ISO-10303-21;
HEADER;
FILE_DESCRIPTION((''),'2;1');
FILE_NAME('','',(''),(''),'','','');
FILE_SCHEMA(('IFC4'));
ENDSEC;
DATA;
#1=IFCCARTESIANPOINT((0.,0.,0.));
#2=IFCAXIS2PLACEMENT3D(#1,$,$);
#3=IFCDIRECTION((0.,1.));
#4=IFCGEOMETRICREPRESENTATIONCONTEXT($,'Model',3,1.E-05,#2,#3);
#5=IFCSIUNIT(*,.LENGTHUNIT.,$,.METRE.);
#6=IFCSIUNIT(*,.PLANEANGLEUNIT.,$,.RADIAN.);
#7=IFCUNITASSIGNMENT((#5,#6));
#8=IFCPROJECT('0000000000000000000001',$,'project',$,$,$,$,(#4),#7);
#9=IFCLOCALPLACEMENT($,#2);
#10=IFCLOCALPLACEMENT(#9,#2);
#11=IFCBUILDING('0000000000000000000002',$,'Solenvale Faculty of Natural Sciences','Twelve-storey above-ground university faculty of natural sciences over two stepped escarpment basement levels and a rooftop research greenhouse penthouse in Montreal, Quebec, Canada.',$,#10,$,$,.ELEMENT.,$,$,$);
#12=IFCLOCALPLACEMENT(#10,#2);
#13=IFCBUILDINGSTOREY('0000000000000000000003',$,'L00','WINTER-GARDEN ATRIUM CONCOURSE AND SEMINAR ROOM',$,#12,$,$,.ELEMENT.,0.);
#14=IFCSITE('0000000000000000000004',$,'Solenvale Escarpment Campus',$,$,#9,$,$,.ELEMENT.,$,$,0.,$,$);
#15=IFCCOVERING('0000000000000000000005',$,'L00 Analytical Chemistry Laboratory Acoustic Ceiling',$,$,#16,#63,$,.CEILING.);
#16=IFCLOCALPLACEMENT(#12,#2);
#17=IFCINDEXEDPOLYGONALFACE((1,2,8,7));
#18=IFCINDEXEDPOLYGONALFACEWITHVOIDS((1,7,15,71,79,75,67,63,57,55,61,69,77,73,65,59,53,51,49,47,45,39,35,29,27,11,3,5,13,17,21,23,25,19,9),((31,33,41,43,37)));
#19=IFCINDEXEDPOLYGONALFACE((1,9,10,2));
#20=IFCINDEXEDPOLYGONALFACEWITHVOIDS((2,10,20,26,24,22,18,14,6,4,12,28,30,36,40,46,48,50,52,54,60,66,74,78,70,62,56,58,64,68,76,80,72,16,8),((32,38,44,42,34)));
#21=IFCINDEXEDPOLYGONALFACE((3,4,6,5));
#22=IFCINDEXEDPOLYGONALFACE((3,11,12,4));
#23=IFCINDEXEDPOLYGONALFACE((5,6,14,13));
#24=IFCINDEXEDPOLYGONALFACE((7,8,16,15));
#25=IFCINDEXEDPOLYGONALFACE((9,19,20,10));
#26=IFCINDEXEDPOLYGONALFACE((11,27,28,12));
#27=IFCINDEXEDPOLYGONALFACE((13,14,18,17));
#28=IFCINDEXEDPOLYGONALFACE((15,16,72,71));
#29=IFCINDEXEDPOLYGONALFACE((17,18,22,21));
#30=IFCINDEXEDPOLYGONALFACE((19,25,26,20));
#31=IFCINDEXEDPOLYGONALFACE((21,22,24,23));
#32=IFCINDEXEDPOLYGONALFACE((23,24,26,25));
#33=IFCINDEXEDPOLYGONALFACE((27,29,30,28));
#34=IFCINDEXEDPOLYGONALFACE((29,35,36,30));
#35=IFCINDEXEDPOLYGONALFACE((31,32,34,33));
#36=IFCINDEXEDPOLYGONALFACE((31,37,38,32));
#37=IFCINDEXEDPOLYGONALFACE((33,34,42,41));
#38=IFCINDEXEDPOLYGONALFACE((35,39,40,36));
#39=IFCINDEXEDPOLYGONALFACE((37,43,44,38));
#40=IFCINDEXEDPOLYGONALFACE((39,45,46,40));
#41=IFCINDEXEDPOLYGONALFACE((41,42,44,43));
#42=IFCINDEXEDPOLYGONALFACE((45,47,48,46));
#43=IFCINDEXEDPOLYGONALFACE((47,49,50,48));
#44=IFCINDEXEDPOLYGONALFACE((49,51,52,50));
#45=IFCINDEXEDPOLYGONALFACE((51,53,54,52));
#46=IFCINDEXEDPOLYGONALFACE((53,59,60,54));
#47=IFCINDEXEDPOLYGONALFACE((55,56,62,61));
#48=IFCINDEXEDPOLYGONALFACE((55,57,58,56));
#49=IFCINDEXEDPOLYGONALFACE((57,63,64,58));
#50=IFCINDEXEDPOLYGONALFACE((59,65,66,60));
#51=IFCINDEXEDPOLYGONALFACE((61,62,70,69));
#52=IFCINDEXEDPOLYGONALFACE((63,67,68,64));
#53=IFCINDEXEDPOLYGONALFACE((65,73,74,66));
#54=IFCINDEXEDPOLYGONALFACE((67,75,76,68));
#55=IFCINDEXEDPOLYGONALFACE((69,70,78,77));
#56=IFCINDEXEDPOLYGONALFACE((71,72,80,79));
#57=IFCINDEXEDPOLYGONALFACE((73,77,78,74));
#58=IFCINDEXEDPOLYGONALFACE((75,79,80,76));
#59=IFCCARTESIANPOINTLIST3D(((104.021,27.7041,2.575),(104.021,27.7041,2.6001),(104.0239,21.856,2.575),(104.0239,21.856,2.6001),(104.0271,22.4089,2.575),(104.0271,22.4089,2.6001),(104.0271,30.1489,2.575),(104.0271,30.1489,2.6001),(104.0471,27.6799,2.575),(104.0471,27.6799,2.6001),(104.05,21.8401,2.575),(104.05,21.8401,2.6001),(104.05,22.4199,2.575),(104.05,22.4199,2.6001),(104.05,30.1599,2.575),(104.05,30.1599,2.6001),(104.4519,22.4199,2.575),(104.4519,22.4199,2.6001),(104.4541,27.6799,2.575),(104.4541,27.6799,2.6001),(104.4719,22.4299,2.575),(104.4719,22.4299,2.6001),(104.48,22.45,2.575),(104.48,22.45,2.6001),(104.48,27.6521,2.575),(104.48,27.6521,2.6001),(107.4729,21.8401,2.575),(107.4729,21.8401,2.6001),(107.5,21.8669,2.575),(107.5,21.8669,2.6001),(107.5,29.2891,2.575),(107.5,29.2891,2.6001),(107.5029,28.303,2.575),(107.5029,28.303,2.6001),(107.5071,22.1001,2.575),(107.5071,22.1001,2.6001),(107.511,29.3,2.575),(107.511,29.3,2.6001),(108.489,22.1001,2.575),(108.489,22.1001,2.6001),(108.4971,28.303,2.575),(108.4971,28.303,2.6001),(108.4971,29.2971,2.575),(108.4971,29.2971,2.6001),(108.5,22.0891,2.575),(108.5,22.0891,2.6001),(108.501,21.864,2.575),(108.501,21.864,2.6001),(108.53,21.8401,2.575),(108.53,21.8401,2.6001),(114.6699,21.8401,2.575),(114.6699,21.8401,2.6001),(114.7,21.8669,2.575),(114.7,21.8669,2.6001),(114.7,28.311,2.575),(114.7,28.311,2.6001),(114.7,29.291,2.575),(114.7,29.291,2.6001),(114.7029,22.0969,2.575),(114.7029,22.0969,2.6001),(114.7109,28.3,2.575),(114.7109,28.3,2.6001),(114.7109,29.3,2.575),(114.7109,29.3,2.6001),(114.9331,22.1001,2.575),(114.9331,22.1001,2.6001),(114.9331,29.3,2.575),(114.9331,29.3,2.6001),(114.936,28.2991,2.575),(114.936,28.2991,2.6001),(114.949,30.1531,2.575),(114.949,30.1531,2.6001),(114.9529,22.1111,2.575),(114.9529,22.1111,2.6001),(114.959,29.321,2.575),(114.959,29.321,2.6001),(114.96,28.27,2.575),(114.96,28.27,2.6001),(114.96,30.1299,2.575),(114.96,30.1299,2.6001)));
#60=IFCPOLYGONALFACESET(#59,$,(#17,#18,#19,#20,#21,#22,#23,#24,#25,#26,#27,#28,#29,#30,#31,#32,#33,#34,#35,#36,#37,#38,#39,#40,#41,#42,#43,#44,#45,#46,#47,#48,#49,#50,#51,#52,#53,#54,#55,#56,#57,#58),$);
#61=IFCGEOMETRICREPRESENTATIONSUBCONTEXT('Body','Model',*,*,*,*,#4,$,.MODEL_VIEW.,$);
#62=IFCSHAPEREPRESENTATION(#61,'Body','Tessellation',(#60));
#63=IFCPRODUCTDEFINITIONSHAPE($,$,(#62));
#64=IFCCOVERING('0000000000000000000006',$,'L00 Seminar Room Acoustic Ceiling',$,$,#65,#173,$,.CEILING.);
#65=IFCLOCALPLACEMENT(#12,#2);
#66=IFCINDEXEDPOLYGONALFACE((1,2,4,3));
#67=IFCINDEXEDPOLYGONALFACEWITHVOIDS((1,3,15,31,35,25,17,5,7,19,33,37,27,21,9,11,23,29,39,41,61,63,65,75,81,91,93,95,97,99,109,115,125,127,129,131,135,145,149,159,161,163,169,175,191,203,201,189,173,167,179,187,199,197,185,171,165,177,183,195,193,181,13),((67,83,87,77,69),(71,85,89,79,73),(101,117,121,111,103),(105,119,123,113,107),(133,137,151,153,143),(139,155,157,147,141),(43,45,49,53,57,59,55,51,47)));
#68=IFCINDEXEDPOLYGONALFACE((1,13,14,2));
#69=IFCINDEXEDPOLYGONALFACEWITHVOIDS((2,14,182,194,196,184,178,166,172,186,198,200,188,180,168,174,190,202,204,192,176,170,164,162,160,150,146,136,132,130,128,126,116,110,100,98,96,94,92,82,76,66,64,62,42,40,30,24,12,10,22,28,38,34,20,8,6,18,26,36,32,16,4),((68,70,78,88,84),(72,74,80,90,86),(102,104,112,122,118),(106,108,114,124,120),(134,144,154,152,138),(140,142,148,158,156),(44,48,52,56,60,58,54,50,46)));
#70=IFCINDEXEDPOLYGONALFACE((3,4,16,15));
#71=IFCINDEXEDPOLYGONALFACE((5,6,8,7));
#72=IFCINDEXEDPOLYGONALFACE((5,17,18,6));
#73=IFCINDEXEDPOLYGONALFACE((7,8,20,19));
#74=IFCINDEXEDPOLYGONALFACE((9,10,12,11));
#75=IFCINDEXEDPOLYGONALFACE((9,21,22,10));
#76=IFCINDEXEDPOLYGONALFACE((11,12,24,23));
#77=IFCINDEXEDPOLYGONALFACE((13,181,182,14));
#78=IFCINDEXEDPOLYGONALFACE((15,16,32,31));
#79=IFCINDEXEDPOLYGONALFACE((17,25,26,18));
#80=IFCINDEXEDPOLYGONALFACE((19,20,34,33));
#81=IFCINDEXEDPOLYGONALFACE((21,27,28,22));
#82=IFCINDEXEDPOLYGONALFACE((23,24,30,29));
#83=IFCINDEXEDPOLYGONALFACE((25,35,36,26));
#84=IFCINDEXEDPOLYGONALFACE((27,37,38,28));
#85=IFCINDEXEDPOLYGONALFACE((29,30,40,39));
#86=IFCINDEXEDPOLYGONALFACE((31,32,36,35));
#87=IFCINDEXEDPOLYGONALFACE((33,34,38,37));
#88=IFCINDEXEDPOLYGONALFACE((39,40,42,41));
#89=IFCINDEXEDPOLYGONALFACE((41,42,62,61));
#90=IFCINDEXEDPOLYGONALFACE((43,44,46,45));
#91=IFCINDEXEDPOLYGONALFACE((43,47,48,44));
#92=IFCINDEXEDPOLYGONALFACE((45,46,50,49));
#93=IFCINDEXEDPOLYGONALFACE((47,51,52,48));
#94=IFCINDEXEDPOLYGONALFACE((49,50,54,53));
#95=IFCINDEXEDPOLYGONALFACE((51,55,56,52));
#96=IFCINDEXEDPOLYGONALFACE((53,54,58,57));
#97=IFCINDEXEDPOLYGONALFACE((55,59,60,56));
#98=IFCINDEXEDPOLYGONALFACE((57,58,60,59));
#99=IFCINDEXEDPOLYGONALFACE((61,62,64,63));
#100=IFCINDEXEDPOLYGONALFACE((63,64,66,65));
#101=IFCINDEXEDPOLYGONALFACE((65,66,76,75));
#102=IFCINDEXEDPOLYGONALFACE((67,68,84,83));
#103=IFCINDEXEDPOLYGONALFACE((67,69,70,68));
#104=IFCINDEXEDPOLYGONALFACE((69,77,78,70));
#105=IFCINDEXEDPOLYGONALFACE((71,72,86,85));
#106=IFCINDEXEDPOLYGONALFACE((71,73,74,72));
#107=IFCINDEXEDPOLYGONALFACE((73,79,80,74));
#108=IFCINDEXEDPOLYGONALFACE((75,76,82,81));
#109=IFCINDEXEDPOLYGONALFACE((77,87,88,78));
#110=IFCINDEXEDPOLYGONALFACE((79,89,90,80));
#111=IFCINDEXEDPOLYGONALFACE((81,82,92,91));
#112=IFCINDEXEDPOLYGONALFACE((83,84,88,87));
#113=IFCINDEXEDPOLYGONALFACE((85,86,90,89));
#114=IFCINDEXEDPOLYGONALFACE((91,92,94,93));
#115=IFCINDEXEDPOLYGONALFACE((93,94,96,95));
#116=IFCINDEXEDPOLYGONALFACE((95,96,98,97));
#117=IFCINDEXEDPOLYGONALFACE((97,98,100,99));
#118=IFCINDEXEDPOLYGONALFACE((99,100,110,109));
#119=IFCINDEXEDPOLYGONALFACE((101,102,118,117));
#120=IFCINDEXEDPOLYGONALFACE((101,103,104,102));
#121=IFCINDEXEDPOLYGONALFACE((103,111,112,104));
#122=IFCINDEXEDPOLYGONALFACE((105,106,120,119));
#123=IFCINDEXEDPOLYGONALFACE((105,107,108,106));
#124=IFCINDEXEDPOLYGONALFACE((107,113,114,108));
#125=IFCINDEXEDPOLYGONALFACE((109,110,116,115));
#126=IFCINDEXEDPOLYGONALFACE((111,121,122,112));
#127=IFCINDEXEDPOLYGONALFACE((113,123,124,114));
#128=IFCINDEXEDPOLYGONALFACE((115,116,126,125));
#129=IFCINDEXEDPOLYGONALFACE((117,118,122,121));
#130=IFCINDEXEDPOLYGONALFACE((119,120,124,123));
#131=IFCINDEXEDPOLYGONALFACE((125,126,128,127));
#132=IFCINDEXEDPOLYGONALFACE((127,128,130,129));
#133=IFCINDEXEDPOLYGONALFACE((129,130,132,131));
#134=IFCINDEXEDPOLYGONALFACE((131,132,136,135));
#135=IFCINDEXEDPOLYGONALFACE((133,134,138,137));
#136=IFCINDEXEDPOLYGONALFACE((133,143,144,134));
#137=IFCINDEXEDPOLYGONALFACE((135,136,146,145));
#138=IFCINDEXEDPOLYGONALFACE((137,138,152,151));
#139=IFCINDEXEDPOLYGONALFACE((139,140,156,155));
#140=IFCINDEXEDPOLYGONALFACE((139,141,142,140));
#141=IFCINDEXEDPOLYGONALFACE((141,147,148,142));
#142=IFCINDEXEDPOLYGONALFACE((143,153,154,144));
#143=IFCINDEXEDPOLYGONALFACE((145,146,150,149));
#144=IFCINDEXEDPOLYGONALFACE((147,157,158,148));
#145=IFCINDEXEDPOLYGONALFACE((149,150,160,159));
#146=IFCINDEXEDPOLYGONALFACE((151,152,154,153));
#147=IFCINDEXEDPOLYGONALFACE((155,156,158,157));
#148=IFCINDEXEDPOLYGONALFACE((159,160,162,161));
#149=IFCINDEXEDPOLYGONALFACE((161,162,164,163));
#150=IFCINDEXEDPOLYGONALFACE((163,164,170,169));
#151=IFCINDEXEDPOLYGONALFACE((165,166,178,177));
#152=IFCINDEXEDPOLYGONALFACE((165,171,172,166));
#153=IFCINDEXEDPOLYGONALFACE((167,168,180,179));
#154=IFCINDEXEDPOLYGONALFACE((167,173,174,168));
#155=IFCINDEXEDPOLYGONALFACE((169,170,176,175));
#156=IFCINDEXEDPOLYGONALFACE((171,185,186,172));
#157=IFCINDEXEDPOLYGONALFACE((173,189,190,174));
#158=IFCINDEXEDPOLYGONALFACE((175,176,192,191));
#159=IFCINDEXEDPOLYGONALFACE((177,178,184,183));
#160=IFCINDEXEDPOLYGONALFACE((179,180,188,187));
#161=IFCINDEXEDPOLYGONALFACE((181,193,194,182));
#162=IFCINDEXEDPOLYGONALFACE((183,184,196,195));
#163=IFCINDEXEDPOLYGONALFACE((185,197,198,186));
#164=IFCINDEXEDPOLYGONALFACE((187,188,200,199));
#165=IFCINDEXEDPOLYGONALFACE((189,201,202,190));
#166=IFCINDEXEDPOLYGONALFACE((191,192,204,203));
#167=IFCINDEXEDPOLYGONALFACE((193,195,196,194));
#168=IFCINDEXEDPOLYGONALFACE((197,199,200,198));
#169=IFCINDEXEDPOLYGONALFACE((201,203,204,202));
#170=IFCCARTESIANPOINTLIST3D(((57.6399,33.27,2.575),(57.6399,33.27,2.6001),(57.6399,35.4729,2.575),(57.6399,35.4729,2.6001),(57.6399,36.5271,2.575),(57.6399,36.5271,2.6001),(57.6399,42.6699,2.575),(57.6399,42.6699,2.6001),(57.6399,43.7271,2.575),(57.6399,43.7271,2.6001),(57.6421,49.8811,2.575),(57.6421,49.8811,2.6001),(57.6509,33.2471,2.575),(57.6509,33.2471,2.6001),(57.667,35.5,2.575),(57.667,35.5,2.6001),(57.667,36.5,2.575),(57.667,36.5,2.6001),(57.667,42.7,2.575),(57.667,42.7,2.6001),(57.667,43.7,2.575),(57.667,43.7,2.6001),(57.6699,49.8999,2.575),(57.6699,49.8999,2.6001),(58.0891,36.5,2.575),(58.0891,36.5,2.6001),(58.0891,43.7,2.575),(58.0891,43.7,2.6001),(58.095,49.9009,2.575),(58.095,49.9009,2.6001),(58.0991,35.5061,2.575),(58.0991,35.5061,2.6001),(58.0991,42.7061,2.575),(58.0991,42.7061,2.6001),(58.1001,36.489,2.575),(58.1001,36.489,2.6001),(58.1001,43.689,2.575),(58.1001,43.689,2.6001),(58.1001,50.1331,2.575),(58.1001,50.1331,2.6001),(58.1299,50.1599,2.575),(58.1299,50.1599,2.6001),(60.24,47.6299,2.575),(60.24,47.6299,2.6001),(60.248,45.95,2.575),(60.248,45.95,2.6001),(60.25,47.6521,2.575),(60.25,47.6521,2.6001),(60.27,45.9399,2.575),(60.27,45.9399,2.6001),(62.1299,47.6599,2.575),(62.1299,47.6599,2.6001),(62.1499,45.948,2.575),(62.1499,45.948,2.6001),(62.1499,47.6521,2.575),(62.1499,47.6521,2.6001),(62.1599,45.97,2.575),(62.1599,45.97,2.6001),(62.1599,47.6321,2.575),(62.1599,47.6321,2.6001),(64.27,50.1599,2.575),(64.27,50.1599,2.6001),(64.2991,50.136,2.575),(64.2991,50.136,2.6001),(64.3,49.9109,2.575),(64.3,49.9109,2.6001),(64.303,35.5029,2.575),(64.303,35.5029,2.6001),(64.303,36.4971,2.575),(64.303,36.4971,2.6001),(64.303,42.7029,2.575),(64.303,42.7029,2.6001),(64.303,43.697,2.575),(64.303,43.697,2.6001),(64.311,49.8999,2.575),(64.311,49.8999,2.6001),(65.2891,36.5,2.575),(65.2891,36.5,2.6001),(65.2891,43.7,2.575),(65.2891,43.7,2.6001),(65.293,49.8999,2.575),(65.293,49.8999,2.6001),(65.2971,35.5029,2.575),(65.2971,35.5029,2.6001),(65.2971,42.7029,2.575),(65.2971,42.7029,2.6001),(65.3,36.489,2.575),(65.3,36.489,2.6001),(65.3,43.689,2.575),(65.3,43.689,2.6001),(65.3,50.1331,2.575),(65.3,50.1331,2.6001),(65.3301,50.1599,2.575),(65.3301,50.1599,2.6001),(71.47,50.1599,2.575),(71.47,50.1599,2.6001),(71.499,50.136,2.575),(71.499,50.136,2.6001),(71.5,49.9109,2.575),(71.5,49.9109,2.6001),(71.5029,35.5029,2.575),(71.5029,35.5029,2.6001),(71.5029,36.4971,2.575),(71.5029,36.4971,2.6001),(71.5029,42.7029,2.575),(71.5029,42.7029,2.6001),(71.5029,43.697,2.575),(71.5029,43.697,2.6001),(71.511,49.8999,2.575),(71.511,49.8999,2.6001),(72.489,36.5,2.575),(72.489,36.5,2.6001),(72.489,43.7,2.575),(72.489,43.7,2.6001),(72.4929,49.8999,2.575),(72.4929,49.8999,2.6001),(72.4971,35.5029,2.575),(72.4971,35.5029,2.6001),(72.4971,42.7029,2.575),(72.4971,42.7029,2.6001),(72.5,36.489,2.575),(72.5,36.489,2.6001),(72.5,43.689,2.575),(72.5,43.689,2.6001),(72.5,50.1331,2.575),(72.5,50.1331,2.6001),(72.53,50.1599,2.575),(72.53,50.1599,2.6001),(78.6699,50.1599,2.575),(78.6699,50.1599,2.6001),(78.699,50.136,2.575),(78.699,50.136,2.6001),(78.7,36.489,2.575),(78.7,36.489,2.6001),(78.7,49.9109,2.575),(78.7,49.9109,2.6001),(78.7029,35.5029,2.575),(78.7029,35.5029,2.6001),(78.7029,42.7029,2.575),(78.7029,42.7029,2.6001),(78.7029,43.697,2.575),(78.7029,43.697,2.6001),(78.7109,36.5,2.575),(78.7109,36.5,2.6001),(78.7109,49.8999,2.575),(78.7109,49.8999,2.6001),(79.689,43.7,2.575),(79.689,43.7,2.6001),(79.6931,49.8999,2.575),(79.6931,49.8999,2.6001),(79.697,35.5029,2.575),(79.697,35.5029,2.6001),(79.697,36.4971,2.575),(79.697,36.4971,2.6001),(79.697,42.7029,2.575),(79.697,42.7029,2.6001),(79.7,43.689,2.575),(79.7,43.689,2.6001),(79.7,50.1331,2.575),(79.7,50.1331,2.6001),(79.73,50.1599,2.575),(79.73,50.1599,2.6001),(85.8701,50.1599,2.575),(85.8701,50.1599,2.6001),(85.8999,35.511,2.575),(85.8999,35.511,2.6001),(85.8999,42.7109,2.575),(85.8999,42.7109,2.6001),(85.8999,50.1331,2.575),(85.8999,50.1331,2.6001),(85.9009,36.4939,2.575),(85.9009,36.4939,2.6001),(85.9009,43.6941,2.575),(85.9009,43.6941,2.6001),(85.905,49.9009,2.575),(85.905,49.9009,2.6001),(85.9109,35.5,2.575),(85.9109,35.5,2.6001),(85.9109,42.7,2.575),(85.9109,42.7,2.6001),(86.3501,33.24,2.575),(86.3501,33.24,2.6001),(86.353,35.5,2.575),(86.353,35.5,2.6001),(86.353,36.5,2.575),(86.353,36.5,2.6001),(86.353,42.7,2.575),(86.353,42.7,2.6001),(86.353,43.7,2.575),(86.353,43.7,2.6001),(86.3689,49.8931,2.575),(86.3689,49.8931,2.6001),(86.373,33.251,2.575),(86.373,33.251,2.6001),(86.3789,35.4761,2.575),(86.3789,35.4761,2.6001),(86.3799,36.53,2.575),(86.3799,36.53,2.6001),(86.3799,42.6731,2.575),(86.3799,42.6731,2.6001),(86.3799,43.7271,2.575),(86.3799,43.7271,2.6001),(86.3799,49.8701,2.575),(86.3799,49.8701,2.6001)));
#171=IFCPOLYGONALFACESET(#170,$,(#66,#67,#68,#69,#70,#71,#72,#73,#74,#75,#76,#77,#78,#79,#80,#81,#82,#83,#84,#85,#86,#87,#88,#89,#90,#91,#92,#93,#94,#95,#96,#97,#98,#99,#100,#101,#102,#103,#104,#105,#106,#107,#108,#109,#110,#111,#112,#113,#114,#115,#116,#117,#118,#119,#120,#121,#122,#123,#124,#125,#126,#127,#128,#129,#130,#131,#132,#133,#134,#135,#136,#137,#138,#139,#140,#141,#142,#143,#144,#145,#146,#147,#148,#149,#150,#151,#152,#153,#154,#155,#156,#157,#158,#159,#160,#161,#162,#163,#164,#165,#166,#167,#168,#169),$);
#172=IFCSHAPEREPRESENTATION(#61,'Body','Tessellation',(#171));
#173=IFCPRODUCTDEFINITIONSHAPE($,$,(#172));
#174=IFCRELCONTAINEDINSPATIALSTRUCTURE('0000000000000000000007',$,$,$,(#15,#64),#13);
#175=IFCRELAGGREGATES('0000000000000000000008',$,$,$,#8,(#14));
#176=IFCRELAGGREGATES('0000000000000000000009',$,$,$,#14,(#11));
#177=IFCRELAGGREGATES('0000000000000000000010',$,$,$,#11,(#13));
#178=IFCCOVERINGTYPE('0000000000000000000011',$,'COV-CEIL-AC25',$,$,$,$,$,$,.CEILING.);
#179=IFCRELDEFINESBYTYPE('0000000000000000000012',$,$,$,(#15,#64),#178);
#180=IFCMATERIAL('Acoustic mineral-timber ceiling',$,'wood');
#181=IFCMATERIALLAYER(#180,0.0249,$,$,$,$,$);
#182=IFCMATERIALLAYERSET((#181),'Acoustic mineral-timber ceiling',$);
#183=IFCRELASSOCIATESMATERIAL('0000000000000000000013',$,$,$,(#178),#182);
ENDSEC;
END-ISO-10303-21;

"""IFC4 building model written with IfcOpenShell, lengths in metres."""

from ifc_helpers import new_model, si_unit, direction, frame, origin, place, context, subcontext, project, spatial, polyline, outline, extrude, material, layer, layer_set, type_object, element, save


model = new_model("IFC4")

# Units and contexts
model_context = context("Model", 3, precision=1e-05, world=origin(), true_north=direction((0.0, 1.0)))
body_context = subcontext(model_context, "Body", "Model", "MODEL_VIEW")
ifc_project = project(units=[si_unit("LENGTHUNIT", "METRE"), si_unit("PLANEANGLEUNIT", "RADIAN")], contexts=[model_context])

# Site, building, storey
site_placement = place(None, origin())
site = spatial("IfcSite", under=ifc_project, at=site_placement, Name="Solenvale Escarpment Campus", CompositionType="ELEMENT", RefElevation=0.0)
building_placement = place(site_placement, origin())
building = spatial("IfcBuilding", under=site, at=building_placement, Name="Solenvale Faculty of Natural Sciences", Description="Twelve-storey above-ground university faculty of natural sciences over two stepped escarpment basement levels and a rooftop research greenhouse penthouse in Montreal, Quebec, Canada.", CompositionType="ELEMENT")
storey_placement = place(building_placement, origin())
storey = spatial("IfcBuildingStorey", under=building, at=storey_placement, Name="L00", Description="WINTER-GARDEN ATRIUM CONCOURSE AND SEMINAR ROOM", CompositionType="ELEMENT", Elevation=0.0)

# Coverings
ifc_material_1 = material(Name="Acoustic mineral-timber ceiling", Category="wood")
ifc_layer_1 = layer(ifc_material_1, 0.0249)
ifc_layer_set_1 = layer_set([ifc_layer_1], Name="Acoustic mineral-timber ceiling")
covering_type_1 = type_object("IfcCoveringType", Name="COV-CEIL-AC25", PredefinedType="CEILING", material=ifc_layer_set_1)
covering_1_placement = place(storey_placement, frame((0.0, 0.0, 2.575)))
element("IfcCovering", 1, at=covering_1_placement, inside=storey, type_object=covering_type_1, Name="L00 Analytical Chemistry Laboratory Acoustic Ceiling", PredefinedType="CEILING", context=body_context, shape_type="SweptSolid", body=[
    extrude(outline(polyline([(108.53, 21.8401), (108.501, 21.864), (108.5, 22.0891), (108.489, 22.1001), (107.5071, 22.1001), (107.5, 21.8669), (107.4729, 21.8401), (104.05, 21.8401), (104.0239, 21.856), (104.0271, 22.4089), (104.05, 22.4199), (104.4519, 22.4199), (104.4719, 22.4299), (104.48, 22.45), (104.48, 27.6521), (104.4541, 27.6799), (104.0471, 27.6799), (104.021, 27.7041), (104.0271, 30.1489), (104.05, 30.1599), (114.949, 30.1531), (114.96, 30.1299), (114.959, 29.321), (114.9331, 29.3), (114.7109, 29.3), (114.7, 29.291), (114.7, 28.311), (114.7109, 28.3), (114.936, 28.2991), (114.96, 28.27), (114.9529, 22.1111), (114.9331, 22.1001), (114.7029, 22.0969), (114.7, 21.8669), (114.6699, 21.8401), (108.53, 21.8401)]), holes=[polyline([(107.511, 29.3), (107.5, 29.2891), (107.5029, 28.303), (108.4971, 28.303), (108.4971, 29.2971), (107.511, 29.3)])]), origin(), (0.0, 0.0, 1.0), 0.0251),
])
covering_2_placement = place(storey_placement, frame((0.0, 0.0, 2.575)))
element("IfcCovering", 2, at=covering_2_placement, inside=storey, type_object=covering_type_1, Name="L00 Seminar Room Acoustic Ceiling", PredefinedType="CEILING", context=body_context, shape_type="SweptSolid", body=[
    extrude(outline(polyline([(64.27, 50.1599), (64.2991, 50.136), (64.3, 49.9109), (64.311, 49.8999), (65.293, 49.8999), (65.3, 50.1331), (65.3301, 50.1599), (71.47, 50.1599), (71.499, 50.136), (71.5, 49.9109), (71.511, 49.8999), (72.4929, 49.8999), (72.5, 50.1331), (72.53, 50.1599), (78.6699, 50.1599), (78.699, 50.136), (78.7, 49.9109), (78.7109, 49.8999), (79.6931, 49.8999), (79.7, 50.1331), (79.73, 50.1599), (85.8701, 50.1599), (85.8999, 50.1331), (85.905, 49.9009), (86.3689, 49.8931), (86.3799, 49.8701), (86.3799, 43.7271), (86.353, 43.7), (85.9009, 43.6941), (85.8999, 42.7109), (85.9109, 42.7), (86.353, 42.7), (86.3799, 42.6731), (86.3799, 36.53), (86.353, 36.5), (85.9009, 36.4939), (85.8999, 35.511), (85.9109, 35.5), (86.353, 35.5), (86.3789, 35.4761), (86.373, 33.251), (86.3501, 33.24), (57.6509, 33.2471), (57.6399, 33.27), (57.6399, 35.4729), (57.667, 35.5), (58.0991, 35.5061), (58.1001, 36.489), (58.0891, 36.5), (57.667, 36.5), (57.6399, 36.5271), (57.6399, 42.6699), (57.667, 42.7), (58.0991, 42.7061), (58.1001, 43.689), (58.0891, 43.7), (57.667, 43.7), (57.6399, 43.7271), (57.6421, 49.8811), (57.6699, 49.8999), (58.095, 49.9009), (58.1001, 50.1331), (58.1299, 50.1599), (64.27, 50.1599)]), holes=[polyline([(78.7109, 36.5), (78.7, 36.489), (78.7029, 35.5029), (79.697, 35.5029), (79.697, 36.4971), (78.7109, 36.5)]), polyline([(79.7, 43.689), (79.689, 43.7), (78.7029, 43.697), (78.7029, 42.7029), (79.697, 42.7029), (79.7, 43.689)]), polyline([(72.5, 36.489), (72.489, 36.5), (71.5029, 36.4971), (71.5029, 35.5029), (72.4971, 35.5029), (72.5, 36.489)]), polyline([(72.5, 43.689), (72.489, 43.7), (71.5029, 43.697), (71.5029, 42.7029), (72.4971, 42.7029), (72.5, 43.689)]), polyline([(65.3, 36.489), (65.2891, 36.5), (64.303, 36.4971), (64.303, 35.5029), (65.2971, 35.5029), (65.3, 36.489)]), polyline([(65.3, 43.689), (65.2891, 43.7), (64.303, 43.697), (64.303, 42.7029), (65.2971, 42.7029), (65.3, 43.689)]), polyline([(62.1599, 47.6321), (62.1499, 47.6521), (62.1299, 47.6599), (60.25, 47.6521), (60.24, 47.6299), (60.248, 45.95), (60.27, 45.9399), (62.1499, 45.948), (62.1599, 45.97), (62.1599, 47.6321)])]), origin(), (0.0, 0.0, 1.0), 0.0251),
])

save(model, "model.ifc")
